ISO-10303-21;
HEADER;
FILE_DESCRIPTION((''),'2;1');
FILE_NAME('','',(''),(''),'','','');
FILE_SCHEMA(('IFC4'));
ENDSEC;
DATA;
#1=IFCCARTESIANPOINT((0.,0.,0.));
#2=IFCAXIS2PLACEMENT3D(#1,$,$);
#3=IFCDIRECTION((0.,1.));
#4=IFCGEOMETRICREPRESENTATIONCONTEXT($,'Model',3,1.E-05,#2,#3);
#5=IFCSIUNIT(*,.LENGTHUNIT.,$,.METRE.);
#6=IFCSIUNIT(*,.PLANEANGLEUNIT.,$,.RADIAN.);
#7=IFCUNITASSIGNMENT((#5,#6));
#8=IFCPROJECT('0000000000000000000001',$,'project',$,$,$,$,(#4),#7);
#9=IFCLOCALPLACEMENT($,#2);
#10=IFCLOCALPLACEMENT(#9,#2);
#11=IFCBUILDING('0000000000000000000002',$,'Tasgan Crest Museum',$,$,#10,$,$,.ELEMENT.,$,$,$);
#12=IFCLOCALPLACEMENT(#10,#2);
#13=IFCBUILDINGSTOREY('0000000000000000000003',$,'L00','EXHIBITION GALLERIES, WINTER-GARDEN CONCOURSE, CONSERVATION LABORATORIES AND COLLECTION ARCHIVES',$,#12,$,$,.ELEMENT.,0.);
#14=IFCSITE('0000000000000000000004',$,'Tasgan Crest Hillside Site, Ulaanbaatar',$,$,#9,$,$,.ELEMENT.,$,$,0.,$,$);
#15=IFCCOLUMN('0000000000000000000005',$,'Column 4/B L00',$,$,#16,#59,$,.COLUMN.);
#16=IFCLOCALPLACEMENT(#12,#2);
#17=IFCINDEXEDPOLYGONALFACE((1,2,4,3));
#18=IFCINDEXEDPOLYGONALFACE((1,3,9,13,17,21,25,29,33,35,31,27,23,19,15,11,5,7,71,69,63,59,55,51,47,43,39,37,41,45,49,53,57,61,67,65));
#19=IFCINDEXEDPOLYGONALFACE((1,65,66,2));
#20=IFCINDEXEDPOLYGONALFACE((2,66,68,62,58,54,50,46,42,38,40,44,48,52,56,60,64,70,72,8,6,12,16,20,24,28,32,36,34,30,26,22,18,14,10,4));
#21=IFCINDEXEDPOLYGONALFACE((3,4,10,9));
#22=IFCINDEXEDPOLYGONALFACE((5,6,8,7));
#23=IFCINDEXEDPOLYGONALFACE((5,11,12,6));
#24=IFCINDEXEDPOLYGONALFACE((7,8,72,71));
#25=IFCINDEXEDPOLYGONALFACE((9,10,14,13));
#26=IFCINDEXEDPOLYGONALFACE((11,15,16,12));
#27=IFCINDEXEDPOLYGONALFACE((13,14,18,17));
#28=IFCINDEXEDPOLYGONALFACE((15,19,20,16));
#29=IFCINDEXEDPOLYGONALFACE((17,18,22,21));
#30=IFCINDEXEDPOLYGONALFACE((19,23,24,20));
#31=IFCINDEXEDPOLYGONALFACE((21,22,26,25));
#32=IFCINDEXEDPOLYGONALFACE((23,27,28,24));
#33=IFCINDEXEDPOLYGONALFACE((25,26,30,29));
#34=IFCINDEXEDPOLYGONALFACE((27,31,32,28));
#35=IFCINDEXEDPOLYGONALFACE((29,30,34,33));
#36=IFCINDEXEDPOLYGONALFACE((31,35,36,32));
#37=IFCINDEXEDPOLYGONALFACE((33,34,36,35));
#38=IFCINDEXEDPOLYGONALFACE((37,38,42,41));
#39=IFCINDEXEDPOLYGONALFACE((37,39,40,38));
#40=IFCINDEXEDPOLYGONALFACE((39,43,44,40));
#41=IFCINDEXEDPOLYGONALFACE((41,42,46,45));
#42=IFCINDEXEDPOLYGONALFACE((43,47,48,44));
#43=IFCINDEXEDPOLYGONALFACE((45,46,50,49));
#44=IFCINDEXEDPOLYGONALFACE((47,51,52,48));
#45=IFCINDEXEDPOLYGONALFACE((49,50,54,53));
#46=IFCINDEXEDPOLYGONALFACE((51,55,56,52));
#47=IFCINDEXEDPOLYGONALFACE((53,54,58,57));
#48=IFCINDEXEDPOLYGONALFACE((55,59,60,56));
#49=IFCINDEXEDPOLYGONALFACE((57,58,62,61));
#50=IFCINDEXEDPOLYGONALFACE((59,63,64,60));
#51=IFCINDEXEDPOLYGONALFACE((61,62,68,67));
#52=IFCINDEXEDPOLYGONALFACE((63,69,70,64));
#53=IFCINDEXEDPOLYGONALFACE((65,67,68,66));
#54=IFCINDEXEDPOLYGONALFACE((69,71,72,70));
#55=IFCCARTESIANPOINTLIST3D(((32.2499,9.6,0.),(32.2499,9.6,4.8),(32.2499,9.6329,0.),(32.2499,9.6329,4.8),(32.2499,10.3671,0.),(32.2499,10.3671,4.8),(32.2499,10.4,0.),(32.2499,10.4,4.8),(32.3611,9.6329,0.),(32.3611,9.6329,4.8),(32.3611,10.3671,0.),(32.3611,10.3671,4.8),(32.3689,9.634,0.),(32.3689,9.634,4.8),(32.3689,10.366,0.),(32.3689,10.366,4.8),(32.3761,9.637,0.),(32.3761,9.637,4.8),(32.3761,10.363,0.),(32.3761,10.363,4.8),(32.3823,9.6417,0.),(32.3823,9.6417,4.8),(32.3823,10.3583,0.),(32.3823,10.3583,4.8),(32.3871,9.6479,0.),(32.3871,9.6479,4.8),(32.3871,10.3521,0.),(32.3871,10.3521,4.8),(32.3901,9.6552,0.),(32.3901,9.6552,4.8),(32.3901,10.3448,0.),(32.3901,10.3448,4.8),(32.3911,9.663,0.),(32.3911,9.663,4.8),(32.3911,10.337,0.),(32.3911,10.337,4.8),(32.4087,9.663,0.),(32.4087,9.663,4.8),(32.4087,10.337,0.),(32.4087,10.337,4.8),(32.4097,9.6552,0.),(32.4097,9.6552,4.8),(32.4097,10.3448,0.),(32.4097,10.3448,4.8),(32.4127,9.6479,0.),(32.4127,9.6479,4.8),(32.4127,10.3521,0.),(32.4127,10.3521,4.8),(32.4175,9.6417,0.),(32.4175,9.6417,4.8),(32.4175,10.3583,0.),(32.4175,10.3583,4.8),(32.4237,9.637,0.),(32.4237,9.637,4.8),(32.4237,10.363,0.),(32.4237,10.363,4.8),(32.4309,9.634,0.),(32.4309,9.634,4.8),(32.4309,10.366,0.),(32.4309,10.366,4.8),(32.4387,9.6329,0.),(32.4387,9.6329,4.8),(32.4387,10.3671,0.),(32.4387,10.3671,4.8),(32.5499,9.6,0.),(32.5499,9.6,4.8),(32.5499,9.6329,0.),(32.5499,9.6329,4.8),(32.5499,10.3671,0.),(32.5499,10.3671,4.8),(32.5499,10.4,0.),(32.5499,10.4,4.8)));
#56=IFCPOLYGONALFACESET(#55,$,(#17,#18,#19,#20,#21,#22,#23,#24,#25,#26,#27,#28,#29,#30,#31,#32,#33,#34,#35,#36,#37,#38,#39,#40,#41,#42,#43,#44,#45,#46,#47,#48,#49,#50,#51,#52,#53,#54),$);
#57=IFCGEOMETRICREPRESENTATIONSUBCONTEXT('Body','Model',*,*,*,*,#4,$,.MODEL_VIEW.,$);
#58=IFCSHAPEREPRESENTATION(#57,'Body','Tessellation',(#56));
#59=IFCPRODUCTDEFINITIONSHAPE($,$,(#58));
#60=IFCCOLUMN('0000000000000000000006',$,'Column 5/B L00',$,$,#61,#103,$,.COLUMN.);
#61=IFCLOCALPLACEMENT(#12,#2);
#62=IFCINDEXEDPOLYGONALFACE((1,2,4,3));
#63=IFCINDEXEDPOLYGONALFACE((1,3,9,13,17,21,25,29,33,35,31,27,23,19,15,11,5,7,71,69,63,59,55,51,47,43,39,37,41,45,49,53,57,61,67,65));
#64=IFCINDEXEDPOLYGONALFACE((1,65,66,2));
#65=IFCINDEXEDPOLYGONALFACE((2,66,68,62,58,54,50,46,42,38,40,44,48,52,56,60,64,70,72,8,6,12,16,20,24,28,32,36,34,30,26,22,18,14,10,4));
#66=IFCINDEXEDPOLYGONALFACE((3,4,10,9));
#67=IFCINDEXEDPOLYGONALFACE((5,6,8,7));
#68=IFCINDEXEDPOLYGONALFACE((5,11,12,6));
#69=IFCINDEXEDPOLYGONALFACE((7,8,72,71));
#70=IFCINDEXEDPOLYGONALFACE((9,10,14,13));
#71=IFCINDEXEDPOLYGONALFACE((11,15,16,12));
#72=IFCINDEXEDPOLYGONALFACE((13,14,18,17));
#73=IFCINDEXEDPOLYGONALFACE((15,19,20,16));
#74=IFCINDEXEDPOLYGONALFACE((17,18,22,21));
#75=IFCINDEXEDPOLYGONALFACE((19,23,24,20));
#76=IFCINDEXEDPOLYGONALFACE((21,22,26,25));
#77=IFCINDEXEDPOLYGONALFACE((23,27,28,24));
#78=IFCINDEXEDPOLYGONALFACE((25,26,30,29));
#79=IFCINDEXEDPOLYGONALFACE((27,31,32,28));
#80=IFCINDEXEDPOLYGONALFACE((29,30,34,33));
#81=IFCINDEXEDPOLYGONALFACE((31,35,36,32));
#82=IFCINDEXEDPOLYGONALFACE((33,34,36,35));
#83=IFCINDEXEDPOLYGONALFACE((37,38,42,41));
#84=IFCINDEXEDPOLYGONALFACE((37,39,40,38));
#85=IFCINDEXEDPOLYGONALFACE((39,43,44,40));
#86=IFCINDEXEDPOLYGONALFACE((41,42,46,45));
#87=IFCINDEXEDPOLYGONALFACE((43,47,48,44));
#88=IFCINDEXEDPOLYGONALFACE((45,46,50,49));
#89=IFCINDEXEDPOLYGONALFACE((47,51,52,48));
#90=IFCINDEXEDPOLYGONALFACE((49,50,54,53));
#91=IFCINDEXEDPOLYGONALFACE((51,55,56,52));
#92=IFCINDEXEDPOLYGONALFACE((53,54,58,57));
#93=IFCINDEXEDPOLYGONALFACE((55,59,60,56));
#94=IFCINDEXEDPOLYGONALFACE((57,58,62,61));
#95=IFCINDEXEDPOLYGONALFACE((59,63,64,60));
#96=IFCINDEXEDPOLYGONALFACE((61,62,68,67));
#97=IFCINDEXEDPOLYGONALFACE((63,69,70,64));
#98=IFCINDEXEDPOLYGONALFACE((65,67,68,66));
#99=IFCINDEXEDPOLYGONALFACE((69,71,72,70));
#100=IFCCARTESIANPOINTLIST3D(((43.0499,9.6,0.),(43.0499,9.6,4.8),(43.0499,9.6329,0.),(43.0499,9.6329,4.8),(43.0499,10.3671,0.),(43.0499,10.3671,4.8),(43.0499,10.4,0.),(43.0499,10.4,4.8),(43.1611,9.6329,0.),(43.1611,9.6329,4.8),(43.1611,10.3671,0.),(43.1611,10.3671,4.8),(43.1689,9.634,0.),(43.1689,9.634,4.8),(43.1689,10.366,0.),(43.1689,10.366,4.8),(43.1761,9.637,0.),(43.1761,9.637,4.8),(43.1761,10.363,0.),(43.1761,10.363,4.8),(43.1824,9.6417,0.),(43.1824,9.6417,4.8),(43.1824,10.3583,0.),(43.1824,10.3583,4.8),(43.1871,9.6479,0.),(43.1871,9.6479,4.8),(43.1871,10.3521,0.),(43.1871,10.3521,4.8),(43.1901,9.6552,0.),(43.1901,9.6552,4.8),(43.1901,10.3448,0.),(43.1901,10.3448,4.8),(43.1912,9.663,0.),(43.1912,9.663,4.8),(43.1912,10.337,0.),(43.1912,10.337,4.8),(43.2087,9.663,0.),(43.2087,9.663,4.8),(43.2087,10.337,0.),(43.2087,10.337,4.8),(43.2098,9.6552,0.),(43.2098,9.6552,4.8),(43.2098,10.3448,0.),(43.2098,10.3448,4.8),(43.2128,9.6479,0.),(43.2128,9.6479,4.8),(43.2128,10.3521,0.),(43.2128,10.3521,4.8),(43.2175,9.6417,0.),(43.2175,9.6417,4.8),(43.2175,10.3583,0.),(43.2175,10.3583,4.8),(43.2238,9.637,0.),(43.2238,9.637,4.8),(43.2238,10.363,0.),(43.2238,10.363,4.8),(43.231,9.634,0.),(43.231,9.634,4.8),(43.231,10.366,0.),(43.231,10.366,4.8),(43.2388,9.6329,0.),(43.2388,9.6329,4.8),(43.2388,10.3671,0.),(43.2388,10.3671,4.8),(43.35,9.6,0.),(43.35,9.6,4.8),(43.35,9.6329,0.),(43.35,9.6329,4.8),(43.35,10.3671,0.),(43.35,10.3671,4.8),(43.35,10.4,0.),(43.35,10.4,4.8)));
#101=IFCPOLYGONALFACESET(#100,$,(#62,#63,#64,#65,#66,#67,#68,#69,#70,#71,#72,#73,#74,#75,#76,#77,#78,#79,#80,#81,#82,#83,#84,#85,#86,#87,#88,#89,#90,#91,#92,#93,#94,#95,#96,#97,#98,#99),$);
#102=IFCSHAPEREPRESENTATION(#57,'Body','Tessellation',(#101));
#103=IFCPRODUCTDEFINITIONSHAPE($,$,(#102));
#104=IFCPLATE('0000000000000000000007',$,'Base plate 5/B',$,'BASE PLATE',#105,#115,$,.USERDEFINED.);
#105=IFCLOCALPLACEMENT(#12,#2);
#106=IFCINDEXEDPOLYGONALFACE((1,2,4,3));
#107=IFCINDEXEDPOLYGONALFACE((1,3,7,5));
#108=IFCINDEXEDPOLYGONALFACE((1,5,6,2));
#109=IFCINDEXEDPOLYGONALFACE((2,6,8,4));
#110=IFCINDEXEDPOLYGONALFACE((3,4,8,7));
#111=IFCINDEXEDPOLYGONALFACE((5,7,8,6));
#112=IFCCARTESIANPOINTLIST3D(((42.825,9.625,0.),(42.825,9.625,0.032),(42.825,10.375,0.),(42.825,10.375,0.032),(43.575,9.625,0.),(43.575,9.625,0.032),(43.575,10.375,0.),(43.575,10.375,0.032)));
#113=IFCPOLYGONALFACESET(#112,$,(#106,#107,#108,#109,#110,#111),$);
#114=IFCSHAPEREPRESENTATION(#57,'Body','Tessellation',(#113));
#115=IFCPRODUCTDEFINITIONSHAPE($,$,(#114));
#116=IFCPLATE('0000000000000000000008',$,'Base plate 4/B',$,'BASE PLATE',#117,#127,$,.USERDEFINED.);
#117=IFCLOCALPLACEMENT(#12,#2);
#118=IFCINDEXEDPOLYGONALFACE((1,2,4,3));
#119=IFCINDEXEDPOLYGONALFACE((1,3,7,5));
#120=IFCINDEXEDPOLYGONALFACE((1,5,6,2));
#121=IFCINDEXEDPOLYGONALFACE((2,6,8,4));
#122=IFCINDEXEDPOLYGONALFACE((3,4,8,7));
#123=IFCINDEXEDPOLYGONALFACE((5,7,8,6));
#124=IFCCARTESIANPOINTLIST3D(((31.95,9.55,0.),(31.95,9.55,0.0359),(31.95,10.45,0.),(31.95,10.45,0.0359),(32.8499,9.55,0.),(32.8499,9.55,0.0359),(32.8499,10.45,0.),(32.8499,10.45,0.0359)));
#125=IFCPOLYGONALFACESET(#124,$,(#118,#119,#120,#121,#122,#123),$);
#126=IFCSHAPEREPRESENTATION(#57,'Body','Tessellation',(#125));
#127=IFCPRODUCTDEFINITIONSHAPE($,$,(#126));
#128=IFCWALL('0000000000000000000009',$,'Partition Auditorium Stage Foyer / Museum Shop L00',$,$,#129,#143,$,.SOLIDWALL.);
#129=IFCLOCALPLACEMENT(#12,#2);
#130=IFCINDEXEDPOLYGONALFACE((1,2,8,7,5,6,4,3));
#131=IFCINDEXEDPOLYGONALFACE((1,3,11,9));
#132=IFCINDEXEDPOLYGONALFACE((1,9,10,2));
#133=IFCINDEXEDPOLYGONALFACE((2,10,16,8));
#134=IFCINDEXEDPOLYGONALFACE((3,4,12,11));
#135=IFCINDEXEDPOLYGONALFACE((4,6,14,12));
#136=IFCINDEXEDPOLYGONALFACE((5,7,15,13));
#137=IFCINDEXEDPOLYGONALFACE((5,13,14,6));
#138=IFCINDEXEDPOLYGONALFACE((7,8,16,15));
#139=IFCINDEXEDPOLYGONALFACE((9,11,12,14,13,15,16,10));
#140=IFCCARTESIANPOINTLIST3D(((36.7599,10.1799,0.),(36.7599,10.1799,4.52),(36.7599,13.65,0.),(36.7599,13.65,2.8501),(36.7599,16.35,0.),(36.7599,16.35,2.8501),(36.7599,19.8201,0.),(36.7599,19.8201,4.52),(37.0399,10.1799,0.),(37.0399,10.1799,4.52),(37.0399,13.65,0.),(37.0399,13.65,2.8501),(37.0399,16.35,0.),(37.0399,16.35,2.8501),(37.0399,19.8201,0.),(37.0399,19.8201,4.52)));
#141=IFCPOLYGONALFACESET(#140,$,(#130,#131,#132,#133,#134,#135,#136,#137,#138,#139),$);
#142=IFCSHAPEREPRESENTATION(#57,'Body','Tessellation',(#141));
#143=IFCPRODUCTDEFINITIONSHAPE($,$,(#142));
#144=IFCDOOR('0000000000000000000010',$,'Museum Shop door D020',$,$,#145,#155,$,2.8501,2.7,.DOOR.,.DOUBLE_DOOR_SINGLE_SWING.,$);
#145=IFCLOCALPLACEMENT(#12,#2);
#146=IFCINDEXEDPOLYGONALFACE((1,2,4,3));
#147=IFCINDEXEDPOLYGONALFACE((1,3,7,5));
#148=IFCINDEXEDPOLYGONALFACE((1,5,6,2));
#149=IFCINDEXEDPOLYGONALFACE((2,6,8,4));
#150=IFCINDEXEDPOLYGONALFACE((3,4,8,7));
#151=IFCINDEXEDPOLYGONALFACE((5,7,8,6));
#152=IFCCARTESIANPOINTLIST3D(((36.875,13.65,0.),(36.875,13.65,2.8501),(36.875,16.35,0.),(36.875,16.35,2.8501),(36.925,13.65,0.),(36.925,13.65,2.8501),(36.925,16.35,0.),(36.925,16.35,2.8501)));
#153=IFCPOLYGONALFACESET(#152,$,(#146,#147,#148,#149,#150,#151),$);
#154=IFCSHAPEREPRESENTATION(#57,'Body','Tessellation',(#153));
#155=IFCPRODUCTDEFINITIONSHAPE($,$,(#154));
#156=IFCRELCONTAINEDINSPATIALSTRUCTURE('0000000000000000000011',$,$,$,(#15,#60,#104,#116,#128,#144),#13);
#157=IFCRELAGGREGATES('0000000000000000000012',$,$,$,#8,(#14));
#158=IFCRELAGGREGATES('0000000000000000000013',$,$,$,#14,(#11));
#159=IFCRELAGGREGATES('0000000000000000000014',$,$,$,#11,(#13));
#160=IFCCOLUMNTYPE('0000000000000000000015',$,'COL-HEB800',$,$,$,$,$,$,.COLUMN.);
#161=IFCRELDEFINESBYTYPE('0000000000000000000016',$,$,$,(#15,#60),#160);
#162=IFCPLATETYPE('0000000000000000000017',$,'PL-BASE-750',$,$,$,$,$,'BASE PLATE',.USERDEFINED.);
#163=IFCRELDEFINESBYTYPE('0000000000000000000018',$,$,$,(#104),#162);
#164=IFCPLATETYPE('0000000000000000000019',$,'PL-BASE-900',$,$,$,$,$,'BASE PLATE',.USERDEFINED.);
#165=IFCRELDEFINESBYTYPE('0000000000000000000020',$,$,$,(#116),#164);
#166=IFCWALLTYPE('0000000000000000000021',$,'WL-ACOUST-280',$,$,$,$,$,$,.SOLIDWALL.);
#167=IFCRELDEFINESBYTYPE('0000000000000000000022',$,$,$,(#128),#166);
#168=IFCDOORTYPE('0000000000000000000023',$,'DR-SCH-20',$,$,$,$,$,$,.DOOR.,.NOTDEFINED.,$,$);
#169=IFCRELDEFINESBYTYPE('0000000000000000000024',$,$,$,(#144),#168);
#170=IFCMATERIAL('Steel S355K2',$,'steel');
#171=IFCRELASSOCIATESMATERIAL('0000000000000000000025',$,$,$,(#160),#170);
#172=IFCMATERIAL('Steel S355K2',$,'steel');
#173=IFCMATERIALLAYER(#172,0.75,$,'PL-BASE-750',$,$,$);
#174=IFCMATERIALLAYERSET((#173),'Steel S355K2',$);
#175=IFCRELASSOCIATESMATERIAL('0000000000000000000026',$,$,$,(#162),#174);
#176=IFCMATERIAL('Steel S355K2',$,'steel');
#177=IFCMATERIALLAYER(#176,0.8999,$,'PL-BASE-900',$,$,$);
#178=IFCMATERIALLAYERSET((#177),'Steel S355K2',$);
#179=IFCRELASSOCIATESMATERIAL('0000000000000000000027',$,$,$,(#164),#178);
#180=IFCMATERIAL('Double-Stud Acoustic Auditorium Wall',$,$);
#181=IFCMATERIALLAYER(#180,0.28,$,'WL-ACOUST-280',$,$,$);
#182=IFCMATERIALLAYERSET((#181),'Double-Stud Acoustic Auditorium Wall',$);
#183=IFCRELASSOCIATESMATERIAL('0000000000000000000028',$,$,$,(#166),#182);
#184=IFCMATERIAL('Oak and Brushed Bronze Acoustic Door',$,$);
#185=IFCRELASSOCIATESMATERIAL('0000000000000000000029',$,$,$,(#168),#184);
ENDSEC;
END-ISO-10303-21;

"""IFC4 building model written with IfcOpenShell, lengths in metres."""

from ifc_helpers import new_model, si_unit, direction, frame, frame_2d, origin, origin_2d, place, context, subcontext, project, spatial, rectangle, i_section, extrude, material, layer, layer_set, material_profile, profile_set, type_object, element, fill, save


model = new_model("IFC4")

# Units and contexts
model_context = context("Model", 3, precision=1e-05, world=origin(), true_north=direction((0.0, 1.0)))
body_context = subcontext(model_context, "Body", "Model", "MODEL_VIEW")
ifc_project = project(units=[si_unit("LENGTHUNIT", "METRE"), si_unit("PLANEANGLEUNIT", "RADIAN")], contexts=[model_context])

# Site, building, storey
site_placement = place(None, origin())
site = spatial("IfcSite", under=ifc_project, at=site_placement, Name="Tasgan Crest Hillside Site, Ulaanbaatar", CompositionType="ELEMENT", RefElevation=0.0)
building_placement = place(site_placement, origin())
building = spatial("IfcBuilding", under=site, at=building_placement, Name="Tasgan Crest Museum", CompositionType="ELEMENT")
storey_placement = place(building_placement, origin())
storey = spatial("IfcBuildingStorey", under=building, at=storey_placement, Name="L00", Description="EXHIBITION GALLERIES, WINTER-GARDEN CONCOURSE, CONSERVATION LABORATORIES AND COLLECTION ARCHIVES", CompositionType="ELEMENT", Elevation=0.0)

# Columns
ifc_material_1 = material(Name="Steel S355K2", Category="steel")
ifc_material_profile_1 = material_profile(ifc_material_1, i_section(OverallWidth=0.3, OverallDepth=0.8, WebThickness=0.0176, FlangeThickness=0.033, FilletRadius=0.03, at=origin_2d()), Name="HEB 800")
ifc_profile_set_1 = profile_set([ifc_material_profile_1], Name="Steel S355K2")
column_type = type_object("IfcColumnType", Name="COL-HEB800", PredefinedType="COLUMN", material=ifc_profile_set_1)
for number, where, z_axis, x_axis, name in (
    (1, (32.3999, 10.0, 0.0), (0.0, 0.0, 1.0), (1.0, 0.0, 0.0), "Column 4/B L00"),
    (2, (43.2, 10.0, 0.0), (0.0, 0.0, 1.0), (1.0, 0.0, 0.0), "Column 5/B L00"),
):
    element("IfcColumn", number, at=place(storey_placement, frame(where, z_axis=z_axis, x_axis=x_axis)), inside=storey, type_object=column_type, Name=name, PredefinedType="COLUMN", context=body_context, shape_type="SweptSolid", body=[
        extrude(i_section(OverallWidth=0.3, OverallDepth=0.8, WebThickness=0.0176, FlangeThickness=0.033, FilletRadius=0.03, at=origin_2d()), origin(), (0.0, 0.0, 1.0), 4.8),
    ])

# Plates
ifc_material_2 = material(Name="Steel S355K2", Category="steel")
ifc_layer_1 = layer(ifc_material_2, 0.75, Name="PL-BASE-750")
ifc_layer_set_1 = layer_set([ifc_layer_1], Name="Steel S355K2")
plate_type_1 = type_object("IfcPlateType", Name="PL-BASE-750", ElementType="BASE PLATE", PredefinedType="USERDEFINED", material=ifc_layer_set_1)
plate_1_placement = place(storey_placement, frame((43.2, 10.0, 0.0), z_axis=(0.0, 0.0, 1.0), x_axis=(1.0, 0.0, 0.0)))
element("IfcPlate", 3, at=plate_1_placement, inside=storey, type_object=plate_type_1, Name="Base plate 5/B", ObjectType="BASE PLATE", PredefinedType="USERDEFINED", context=body_context, shape_type="SweptSolid", body=[
    extrude(rectangle(XDim=0.75, YDim=0.75, at=origin_2d()), origin(), (0.0, 0.0, 1.0), 0.032),
])
ifc_material_3 = material(Name="Steel S355K2", Category="steel")
ifc_layer_2 = layer(ifc_material_3, 0.8999, Name="PL-BASE-900")
ifc_layer_set_2 = layer_set([ifc_layer_2], Name="Steel S355K2")
plate_type_2 = type_object("IfcPlateType", Name="PL-BASE-900", ElementType="BASE PLATE", PredefinedType="USERDEFINED", material=ifc_layer_set_2)
plate_2_placement = place(storey_placement, frame((32.3999, 10.0, 0.0), z_axis=(0.0, 0.0, 1.0), x_axis=(1.0, 0.0, 0.0)))
element("IfcPlate", 4, at=plate_2_placement, inside=storey, type_object=plate_type_2, Name="Base plate 4/B", ObjectType="BASE PLATE", PredefinedType="USERDEFINED", context=body_context, shape_type="SweptSolid", body=[
    extrude(rectangle(XDim=0.8999, YDim=0.8999, at=origin_2d()), origin(), (0.0, 0.0, 1.0), 0.0359),
])

# Wall, opening, door
ifc_material_4 = material(Name="Double-Stud Acoustic Auditorium Wall")
ifc_layer_3 = layer(ifc_material_4, 0.28, Name="WL-ACOUST-280")
ifc_layer_set_3 = layer_set([ifc_layer_3], Name="Double-Stud Acoustic Auditorium Wall")
wall_type_1 = type_object("IfcWallType", Name="WL-ACOUST-280", PredefinedType="SOLIDWALL", material=ifc_layer_set_3)
wall_1_placement = place(storey_placement, frame((36.8999, 10.1799, 0.0), z_axis=(0.0, 0.0, 1.0), x_axis=(0.0, 1.0, 0.0)))
wall_1 = element("IfcWall", 5, at=wall_1_placement, inside=storey, type_object=wall_type_1, Name="Partition Auditorium Stage Foyer / Museum Shop L00", PredefinedType="SOLIDWALL", context=body_context, shape_type="SweptSolid", body=[
    extrude(rectangle(XDim=9.6401, YDim=0.28, at=frame_2d((4.8201, 0.0))), origin(), (0.0, 0.0, 1.0), 4.52),
])
opening_1_placement = place(wall_1_placement, frame((3.47, 0.0, 0.0)))
opening_1 = element("IfcOpeningElement", 6, at=opening_1_placement, cuts=wall_1, PredefinedType="OPENING", context=body_context, shape_type="SweptSolid", body=[
    extrude(rectangle(XDim=2.7, YDim=2.8501, at=frame_2d((1.3501, 1.425))), frame((0.0, 0.1499, 0.0), z_axis=(0.0, -1.0, 0.0), x_axis=(1.0, 0.0, 0.0)), (0.0, 0.0, 1.0), 0.3),
])
ifc_material_5 = material(Name="Oak and Brushed Bronze Acoustic Door")
door_type_1 = type_object("IfcDoorType", Name="DR-SCH-20", OperationType="NOTDEFINED", PredefinedType="DOOR", material=ifc_material_5)
door_1_placement = place(opening_1_placement, origin())
door_1 = element("IfcDoor", 7, at=door_1_placement, inside=storey, type_object=door_type_1, Name="Museum Shop door D020", OperationType="DOUBLE_DOOR_SINGLE_SWING", OverallHeight=2.8501, OverallWidth=2.7, PredefinedType="DOOR", context=body_context, shape_type="SweptSolid", body=[
    extrude(rectangle(XDim=2.7, YDim=2.8501, at=frame_2d((1.3501, 1.425))), frame((0.0, 0.0249, 0.0), z_axis=(0.0, -1.0, 0.0), x_axis=(1.0, 0.0, 0.0)), (0.0, 0.0, 1.0), 0.05),
])
fill(opening_1, door_1)

save(model, "model.ifc")
